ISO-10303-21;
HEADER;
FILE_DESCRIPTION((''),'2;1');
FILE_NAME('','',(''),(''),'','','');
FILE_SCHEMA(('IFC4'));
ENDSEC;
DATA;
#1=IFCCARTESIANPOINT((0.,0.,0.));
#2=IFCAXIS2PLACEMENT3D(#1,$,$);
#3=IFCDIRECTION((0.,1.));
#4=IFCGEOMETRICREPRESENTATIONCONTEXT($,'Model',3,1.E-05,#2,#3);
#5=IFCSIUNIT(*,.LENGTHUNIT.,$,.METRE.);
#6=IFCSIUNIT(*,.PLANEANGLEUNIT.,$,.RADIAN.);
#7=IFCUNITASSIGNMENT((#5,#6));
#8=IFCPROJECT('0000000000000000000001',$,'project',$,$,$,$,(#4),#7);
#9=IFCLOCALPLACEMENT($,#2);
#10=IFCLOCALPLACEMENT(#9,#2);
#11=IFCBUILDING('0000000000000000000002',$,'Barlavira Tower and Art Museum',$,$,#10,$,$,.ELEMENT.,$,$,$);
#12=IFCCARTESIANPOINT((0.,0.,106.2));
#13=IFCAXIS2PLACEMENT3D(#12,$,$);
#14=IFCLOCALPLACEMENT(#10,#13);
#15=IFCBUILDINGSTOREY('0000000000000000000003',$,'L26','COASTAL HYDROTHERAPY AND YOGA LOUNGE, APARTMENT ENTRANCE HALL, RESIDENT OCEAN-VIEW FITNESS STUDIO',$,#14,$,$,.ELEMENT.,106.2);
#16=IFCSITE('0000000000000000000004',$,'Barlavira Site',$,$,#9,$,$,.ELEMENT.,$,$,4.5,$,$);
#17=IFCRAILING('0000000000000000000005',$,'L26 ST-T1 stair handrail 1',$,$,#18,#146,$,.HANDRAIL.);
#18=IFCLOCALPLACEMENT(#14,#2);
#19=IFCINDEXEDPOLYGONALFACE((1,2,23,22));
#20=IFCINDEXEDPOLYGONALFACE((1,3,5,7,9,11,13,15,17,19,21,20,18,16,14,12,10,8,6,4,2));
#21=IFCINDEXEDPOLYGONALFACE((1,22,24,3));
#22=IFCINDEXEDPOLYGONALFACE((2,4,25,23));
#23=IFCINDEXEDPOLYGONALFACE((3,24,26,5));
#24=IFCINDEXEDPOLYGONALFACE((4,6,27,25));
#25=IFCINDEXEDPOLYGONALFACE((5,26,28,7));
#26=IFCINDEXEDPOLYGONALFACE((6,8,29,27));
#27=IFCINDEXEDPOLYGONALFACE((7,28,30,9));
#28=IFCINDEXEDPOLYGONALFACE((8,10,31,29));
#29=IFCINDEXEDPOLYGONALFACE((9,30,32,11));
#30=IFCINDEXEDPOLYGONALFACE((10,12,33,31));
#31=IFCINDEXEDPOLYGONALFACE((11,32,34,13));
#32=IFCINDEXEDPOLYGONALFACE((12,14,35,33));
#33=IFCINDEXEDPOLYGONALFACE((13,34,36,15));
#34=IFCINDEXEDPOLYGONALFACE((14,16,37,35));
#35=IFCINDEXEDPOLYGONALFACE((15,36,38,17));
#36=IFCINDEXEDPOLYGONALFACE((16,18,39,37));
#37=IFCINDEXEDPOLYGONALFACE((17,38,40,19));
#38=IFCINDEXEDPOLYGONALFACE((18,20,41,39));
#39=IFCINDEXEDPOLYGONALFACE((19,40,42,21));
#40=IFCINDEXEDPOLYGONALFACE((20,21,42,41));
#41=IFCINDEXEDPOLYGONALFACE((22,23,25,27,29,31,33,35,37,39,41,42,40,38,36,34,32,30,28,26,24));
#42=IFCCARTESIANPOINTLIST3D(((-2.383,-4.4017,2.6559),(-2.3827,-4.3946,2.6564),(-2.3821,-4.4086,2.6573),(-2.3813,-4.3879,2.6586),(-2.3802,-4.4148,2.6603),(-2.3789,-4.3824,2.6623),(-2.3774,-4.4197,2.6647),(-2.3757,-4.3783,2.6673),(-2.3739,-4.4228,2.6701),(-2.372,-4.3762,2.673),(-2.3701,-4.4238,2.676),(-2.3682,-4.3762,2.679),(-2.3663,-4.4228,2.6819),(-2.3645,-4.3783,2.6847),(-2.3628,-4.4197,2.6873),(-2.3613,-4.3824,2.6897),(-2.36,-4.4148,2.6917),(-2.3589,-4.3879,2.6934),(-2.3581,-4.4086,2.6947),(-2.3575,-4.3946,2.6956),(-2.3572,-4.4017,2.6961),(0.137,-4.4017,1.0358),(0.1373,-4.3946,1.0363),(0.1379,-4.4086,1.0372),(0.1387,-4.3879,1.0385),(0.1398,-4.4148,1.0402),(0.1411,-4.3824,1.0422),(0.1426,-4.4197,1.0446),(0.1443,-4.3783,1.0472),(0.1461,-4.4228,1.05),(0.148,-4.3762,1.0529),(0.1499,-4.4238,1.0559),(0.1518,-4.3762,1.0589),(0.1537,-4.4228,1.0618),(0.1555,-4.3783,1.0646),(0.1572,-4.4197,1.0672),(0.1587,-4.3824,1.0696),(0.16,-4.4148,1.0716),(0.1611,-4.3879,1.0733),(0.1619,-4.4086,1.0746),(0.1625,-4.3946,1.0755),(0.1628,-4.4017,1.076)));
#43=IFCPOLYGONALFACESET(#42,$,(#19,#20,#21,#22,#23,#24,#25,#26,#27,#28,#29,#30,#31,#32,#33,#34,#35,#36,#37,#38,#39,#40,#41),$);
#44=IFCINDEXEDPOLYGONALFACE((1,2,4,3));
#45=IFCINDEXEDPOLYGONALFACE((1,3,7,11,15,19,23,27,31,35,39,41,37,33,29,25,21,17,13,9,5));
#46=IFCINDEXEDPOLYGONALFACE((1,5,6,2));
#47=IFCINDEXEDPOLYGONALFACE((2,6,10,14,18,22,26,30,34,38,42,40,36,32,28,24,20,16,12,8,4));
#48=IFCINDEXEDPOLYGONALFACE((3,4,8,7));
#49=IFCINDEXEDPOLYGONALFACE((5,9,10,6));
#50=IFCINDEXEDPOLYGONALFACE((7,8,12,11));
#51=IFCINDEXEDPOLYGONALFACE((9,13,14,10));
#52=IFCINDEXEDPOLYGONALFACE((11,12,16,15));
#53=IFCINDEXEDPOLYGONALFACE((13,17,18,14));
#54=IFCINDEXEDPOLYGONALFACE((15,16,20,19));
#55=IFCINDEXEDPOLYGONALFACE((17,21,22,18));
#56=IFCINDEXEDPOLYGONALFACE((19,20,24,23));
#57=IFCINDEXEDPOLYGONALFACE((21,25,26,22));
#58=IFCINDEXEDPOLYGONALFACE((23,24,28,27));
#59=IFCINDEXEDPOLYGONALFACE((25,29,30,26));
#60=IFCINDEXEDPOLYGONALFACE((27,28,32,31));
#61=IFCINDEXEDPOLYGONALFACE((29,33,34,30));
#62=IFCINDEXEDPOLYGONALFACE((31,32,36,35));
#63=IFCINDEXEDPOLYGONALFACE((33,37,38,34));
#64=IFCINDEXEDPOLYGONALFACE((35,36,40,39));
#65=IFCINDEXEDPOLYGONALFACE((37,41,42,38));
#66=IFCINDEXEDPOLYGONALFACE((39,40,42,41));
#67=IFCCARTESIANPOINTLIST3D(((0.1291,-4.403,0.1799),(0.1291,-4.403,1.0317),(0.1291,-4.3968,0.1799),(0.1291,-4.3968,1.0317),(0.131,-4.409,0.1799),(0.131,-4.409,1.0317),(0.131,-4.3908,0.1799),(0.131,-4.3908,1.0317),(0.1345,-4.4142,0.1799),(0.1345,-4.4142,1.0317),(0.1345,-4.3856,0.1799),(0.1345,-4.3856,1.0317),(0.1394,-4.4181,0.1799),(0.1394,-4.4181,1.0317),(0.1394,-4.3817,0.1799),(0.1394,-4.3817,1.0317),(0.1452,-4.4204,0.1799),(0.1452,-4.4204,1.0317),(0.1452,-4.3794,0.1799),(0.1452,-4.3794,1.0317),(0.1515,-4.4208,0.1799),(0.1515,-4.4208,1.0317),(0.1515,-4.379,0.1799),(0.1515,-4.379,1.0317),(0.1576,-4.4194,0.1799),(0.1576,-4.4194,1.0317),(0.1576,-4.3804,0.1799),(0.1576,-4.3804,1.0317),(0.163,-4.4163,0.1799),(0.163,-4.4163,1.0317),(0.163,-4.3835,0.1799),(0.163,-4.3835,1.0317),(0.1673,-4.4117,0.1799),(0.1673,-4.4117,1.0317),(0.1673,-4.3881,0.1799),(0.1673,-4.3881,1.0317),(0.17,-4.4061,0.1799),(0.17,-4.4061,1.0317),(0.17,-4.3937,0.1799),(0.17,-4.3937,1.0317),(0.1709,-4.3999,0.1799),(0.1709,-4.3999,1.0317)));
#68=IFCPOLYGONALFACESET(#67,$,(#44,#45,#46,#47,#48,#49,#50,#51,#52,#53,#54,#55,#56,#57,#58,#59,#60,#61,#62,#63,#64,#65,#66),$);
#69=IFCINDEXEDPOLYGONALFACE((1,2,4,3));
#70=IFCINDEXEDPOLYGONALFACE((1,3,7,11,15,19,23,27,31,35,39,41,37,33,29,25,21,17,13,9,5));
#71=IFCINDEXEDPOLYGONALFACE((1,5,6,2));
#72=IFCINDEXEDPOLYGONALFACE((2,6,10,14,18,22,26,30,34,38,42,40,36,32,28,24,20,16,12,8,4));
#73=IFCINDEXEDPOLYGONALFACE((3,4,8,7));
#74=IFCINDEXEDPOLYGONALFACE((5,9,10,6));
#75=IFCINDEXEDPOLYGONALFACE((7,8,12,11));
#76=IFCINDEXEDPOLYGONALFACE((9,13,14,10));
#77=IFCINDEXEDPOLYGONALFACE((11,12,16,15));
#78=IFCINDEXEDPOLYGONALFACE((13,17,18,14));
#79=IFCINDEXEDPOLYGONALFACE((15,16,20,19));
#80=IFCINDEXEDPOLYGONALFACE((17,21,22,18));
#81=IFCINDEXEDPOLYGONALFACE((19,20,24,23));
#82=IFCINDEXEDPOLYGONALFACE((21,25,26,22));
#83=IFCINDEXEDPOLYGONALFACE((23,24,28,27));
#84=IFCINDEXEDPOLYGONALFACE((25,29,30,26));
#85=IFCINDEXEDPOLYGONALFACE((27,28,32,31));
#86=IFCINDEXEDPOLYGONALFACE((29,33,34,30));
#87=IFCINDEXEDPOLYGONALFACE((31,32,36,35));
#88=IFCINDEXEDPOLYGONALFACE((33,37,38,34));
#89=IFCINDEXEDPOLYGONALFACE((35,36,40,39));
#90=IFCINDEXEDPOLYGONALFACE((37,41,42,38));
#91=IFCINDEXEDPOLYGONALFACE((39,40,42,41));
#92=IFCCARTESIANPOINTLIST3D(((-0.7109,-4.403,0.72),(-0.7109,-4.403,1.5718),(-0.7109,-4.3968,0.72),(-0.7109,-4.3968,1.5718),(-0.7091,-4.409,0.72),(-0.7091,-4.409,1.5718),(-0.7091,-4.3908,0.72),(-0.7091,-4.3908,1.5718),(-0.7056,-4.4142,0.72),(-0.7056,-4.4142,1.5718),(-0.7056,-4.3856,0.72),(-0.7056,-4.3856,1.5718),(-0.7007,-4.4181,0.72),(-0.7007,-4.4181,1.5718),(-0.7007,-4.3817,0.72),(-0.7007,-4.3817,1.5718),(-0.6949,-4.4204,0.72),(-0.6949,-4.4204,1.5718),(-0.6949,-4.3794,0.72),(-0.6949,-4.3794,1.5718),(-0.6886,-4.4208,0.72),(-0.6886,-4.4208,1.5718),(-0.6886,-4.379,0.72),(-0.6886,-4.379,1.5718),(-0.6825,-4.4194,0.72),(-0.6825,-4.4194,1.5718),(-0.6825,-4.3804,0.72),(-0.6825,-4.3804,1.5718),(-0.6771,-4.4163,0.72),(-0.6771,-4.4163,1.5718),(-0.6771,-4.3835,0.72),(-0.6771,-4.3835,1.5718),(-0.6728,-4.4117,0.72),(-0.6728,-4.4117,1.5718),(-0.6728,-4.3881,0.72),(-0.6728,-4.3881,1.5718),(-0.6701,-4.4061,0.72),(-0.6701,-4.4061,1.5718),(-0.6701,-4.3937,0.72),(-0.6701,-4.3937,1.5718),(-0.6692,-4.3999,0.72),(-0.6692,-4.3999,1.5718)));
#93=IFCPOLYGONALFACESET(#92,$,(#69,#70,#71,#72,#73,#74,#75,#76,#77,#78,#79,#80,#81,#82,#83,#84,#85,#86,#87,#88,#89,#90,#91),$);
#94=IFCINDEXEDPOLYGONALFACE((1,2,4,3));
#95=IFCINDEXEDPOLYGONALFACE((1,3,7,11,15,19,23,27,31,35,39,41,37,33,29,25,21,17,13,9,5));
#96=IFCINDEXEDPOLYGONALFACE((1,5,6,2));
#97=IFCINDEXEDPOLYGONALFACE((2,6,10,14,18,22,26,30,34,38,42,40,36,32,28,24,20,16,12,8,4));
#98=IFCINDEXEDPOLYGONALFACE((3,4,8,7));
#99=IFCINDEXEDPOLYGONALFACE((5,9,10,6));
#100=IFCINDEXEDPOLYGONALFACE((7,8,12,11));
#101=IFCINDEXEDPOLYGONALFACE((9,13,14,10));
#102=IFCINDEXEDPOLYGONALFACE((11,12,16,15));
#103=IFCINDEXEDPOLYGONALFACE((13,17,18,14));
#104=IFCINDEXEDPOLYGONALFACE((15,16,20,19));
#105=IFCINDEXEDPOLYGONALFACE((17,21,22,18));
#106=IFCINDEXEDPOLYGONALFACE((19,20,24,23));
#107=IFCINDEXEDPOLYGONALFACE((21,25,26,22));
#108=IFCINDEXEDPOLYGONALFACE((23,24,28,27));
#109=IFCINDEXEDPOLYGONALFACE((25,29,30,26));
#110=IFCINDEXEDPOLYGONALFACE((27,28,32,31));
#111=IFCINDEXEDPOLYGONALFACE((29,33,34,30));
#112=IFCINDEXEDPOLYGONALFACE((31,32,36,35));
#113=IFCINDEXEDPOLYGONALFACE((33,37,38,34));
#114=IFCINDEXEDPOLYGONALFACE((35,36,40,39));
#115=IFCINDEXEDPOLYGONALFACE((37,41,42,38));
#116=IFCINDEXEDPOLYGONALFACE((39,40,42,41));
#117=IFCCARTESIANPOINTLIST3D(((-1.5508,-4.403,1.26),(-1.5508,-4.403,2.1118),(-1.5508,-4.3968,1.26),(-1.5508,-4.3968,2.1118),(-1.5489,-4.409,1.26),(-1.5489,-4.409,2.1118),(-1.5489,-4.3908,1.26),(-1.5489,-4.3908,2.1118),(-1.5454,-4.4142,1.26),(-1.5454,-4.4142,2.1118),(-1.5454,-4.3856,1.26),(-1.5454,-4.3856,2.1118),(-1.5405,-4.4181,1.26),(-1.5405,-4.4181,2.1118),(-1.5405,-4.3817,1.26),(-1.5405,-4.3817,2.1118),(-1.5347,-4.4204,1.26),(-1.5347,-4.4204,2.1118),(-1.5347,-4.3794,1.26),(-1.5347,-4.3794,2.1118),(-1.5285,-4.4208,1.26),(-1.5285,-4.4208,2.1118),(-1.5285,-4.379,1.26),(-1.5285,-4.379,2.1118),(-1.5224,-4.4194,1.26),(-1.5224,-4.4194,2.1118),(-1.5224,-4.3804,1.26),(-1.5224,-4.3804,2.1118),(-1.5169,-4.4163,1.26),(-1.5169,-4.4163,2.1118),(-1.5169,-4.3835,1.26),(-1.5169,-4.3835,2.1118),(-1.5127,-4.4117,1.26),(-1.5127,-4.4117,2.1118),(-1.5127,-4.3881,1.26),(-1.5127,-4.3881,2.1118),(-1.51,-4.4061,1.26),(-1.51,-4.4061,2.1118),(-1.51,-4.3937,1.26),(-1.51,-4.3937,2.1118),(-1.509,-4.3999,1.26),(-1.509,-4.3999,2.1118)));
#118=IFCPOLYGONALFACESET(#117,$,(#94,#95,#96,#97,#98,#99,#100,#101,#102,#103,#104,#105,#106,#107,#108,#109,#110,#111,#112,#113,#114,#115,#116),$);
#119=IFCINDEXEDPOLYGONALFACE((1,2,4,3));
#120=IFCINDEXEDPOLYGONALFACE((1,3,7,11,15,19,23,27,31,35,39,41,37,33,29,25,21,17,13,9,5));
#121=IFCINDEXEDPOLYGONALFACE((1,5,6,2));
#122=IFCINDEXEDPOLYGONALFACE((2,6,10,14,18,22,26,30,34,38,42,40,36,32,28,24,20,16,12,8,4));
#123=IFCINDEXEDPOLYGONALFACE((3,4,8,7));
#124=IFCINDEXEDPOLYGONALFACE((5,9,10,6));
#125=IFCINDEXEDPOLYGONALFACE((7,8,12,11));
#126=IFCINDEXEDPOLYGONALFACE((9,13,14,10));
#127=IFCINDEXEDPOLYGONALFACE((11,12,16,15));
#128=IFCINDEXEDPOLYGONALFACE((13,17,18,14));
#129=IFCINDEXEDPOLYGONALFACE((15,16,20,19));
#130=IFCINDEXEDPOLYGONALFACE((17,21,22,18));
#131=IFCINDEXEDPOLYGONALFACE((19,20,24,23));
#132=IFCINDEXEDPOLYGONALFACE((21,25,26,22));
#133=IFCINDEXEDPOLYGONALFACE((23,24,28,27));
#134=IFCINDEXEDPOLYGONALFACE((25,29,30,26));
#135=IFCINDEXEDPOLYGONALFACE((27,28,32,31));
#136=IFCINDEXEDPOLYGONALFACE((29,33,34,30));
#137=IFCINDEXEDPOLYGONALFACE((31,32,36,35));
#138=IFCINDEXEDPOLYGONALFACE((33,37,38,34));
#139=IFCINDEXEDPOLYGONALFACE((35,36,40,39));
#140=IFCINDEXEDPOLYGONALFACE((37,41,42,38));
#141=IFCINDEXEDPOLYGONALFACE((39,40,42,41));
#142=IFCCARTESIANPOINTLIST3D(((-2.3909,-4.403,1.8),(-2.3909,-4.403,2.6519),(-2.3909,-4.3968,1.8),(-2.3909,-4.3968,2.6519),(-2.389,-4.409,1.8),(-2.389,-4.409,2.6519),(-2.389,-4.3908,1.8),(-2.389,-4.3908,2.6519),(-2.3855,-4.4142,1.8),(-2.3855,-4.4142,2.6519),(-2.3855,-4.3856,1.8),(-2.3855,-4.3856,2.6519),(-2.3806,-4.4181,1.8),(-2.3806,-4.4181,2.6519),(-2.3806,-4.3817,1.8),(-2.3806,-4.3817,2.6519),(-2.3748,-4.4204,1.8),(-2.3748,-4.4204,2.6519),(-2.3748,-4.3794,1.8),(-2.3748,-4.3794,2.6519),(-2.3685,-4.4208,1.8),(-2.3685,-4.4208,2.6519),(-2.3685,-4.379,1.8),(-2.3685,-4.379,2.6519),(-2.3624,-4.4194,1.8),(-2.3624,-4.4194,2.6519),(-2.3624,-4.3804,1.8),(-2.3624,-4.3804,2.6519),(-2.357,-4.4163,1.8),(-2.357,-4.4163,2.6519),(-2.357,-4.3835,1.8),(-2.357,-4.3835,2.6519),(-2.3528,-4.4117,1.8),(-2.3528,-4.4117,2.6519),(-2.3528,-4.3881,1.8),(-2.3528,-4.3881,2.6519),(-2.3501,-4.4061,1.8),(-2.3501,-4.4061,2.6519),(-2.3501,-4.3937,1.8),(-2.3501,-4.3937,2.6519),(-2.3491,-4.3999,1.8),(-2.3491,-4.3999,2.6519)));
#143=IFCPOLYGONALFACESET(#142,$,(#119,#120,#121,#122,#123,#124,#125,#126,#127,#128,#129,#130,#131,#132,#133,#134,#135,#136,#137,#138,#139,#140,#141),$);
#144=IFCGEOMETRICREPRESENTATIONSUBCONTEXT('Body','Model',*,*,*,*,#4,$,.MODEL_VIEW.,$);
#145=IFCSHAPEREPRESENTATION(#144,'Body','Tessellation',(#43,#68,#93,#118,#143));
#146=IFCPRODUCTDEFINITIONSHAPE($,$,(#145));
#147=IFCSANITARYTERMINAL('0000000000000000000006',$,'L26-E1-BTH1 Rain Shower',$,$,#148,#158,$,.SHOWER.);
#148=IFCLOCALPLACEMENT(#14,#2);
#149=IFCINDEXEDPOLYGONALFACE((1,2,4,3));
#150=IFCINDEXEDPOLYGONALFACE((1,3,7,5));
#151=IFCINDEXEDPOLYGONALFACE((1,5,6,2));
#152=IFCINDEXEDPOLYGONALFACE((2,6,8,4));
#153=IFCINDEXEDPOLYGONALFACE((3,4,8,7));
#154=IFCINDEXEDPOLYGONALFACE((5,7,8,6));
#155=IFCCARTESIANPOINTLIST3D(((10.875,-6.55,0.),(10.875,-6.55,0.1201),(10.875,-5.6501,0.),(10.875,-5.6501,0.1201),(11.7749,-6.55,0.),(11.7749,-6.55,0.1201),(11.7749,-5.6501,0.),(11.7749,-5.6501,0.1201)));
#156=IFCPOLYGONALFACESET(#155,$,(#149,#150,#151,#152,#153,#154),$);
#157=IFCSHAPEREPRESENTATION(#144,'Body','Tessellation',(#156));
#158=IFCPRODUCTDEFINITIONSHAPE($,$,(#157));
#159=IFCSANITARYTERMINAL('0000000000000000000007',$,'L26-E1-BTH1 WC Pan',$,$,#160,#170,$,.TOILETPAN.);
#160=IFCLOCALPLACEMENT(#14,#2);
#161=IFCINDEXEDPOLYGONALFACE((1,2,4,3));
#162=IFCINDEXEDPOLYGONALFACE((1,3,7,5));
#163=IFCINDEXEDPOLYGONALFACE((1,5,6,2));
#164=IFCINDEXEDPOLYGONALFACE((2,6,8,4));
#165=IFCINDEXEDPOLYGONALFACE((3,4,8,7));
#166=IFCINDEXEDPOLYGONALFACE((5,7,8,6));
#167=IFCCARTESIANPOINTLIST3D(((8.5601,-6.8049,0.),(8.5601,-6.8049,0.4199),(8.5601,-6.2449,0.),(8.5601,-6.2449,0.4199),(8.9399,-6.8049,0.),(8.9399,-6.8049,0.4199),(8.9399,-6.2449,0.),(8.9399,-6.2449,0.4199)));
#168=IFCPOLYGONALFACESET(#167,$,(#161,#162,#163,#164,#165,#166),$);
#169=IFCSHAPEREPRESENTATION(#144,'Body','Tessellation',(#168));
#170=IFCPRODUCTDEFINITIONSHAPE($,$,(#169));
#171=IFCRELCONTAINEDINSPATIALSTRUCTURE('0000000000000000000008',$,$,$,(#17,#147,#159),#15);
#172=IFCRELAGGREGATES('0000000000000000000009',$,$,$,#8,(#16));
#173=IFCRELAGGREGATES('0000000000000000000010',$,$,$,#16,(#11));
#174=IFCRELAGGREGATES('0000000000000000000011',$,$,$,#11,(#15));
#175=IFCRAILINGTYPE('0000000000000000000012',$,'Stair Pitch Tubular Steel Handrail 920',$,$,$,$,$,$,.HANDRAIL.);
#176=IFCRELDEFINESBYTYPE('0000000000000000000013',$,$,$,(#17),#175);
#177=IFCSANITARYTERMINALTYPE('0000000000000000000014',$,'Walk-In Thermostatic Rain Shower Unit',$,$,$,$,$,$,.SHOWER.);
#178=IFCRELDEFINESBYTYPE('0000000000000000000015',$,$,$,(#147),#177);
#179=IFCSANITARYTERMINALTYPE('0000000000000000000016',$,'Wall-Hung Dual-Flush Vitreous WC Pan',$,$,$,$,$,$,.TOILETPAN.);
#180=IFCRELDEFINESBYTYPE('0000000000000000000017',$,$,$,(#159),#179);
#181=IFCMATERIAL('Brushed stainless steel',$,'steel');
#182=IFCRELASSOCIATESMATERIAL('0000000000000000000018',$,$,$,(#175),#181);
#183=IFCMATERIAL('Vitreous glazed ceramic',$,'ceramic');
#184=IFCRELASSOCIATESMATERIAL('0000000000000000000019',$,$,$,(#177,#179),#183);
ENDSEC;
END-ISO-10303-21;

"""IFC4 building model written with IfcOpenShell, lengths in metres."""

from ifc_helpers import new_model, si_unit, direction, frame, origin, origin_2d, place, context, subcontext, project, spatial, rectangle, circle, extrude, material, type_object, element, save


model = new_model("IFC4")

# Units and contexts
model_context = context("Model", 3, precision=1e-05, world=origin(), true_north=direction((0.0, 1.0)))
body_context = subcontext(model_context, "Body", "Model", "MODEL_VIEW")
ifc_project = project(units=[si_unit("LENGTHUNIT", "METRE"), si_unit("PLANEANGLEUNIT", "RADIAN")], contexts=[model_context])

# Site, building, storey
site_placement = place(None, origin())
site = spatial("IfcSite", under=ifc_project, at=site_placement, Name="Barlavira Site", CompositionType="ELEMENT", RefElevation=4.5)
building_placement = place(site_placement, origin())
building = spatial("IfcBuilding", under=site, at=building_placement, Name="Barlavira Tower and Art Museum", CompositionType="ELEMENT")
storey_placement = place(building_placement, frame((0.0, 0.0, 106.2)))
storey = spatial("IfcBuildingStorey", under=building, at=storey_placement, Name="L26", Description="COASTAL HYDROTHERAPY AND YOGA LOUNGE, APARTMENT ENTRANCE HALL, RESIDENT OCEAN-VIEW FITNESS STUDIO", CompositionType="ELEMENT", Elevation=106.2)

# Shared definitions
ifc_material_1 = material(Name="Brushed stainless steel", Category="steel")

# Railing
railing_type_1 = type_object("IfcRailingType", Name="Stair Pitch Tubular Steel Handrail 920", PredefinedType="HANDRAIL", material=ifc_material_1)
railing_1_placement = place(storey_placement, frame((0.1499, -4.3999, 0.1799)))
element("IfcRailing", 1, at=railing_1_placement, inside=storey, type_object=railing_type_1, Name="L26 ST-T1 stair handrail 1", PredefinedType="HANDRAIL", context=body_context, shape_type="SweptSolid", body=[
    extrude(circle(Radius=0.0239, at=origin_2d()), frame((0.0, 0.0, 0.876), z_axis=(-0.841163, 0.0, 0.540782), x_axis=(0.0, -1.0, 0.0)), (0.0, 0.0, 1.0), 2.9958),
    extrude(circle(Radius=0.021, at=origin_2d()), origin(), (0.0, 0.0, 1.0), 0.8518),
    extrude(circle(Radius=0.021, at=origin_2d()), frame((-0.8401, 0.0, 0.54)), (0.0, 0.0, 1.0), 0.8518),
    extrude(circle(Radius=0.021, at=origin_2d()), frame((-1.6799, 0.0, 1.0801)), (0.0, 0.0, 1.0), 0.8518),
    extrude(circle(Radius=0.021, at=origin_2d()), frame((-2.52, 0.0, 1.6201)), (0.0, 0.0, 1.0), 0.8518),
])

# Sanitary terminals
ifc_material_2 = material(Name="Vitreous glazed ceramic", Category="ceramic")
sanitary_terminal_type_1 = type_object("IfcSanitaryTerminalType", Name="Walk-In Thermostatic Rain Shower Unit", PredefinedType="SHOWER", material=ifc_material_2)
sanitary_terminal_1_placement = place(storey_placement, frame((11.325, -6.1001, 0.0), z_axis=(0.0, 0.0, 1.0), x_axis=(1.0, 0.0, 0.0)))
element("IfcSanitaryTerminal", 2, at=sanitary_terminal_1_placement, inside=storey, type_object=sanitary_terminal_type_1, Name="L26-E1-BTH1 Rain Shower", PredefinedType="SHOWER", context=body_context, shape_type="SweptSolid", body=[
    extrude(rectangle(XDim=0.8999, YDim=0.8999, at=origin_2d()), origin(), (0.0, 0.0, 1.0), 0.1201),
])
sanitary_terminal_type_2 = type_object("IfcSanitaryTerminalType", Name="Wall-Hung Dual-Flush Vitreous WC Pan", PredefinedType="TOILETPAN", material=ifc_material_2)
sanitary_terminal_2_placement = place(storey_placement, frame((8.75, -6.5249, 0.0), z_axis=(0.0, 0.0, 1.0), x_axis=(1.0, 0.0, 0.0)))
element("IfcSanitaryTerminal", 3, at=sanitary_terminal_2_placement, inside=storey, type_object=sanitary_terminal_type_2, Name="L26-E1-BTH1 WC Pan", PredefinedType="TOILETPAN", context=body_context, shape_type="SweptSolid", body=[
    extrude(rectangle(XDim=0.3799, YDim=0.5601, at=origin_2d()), origin(), (0.0, 0.0, 1.0), 0.4199),
])

save(model, "model.ifc")
